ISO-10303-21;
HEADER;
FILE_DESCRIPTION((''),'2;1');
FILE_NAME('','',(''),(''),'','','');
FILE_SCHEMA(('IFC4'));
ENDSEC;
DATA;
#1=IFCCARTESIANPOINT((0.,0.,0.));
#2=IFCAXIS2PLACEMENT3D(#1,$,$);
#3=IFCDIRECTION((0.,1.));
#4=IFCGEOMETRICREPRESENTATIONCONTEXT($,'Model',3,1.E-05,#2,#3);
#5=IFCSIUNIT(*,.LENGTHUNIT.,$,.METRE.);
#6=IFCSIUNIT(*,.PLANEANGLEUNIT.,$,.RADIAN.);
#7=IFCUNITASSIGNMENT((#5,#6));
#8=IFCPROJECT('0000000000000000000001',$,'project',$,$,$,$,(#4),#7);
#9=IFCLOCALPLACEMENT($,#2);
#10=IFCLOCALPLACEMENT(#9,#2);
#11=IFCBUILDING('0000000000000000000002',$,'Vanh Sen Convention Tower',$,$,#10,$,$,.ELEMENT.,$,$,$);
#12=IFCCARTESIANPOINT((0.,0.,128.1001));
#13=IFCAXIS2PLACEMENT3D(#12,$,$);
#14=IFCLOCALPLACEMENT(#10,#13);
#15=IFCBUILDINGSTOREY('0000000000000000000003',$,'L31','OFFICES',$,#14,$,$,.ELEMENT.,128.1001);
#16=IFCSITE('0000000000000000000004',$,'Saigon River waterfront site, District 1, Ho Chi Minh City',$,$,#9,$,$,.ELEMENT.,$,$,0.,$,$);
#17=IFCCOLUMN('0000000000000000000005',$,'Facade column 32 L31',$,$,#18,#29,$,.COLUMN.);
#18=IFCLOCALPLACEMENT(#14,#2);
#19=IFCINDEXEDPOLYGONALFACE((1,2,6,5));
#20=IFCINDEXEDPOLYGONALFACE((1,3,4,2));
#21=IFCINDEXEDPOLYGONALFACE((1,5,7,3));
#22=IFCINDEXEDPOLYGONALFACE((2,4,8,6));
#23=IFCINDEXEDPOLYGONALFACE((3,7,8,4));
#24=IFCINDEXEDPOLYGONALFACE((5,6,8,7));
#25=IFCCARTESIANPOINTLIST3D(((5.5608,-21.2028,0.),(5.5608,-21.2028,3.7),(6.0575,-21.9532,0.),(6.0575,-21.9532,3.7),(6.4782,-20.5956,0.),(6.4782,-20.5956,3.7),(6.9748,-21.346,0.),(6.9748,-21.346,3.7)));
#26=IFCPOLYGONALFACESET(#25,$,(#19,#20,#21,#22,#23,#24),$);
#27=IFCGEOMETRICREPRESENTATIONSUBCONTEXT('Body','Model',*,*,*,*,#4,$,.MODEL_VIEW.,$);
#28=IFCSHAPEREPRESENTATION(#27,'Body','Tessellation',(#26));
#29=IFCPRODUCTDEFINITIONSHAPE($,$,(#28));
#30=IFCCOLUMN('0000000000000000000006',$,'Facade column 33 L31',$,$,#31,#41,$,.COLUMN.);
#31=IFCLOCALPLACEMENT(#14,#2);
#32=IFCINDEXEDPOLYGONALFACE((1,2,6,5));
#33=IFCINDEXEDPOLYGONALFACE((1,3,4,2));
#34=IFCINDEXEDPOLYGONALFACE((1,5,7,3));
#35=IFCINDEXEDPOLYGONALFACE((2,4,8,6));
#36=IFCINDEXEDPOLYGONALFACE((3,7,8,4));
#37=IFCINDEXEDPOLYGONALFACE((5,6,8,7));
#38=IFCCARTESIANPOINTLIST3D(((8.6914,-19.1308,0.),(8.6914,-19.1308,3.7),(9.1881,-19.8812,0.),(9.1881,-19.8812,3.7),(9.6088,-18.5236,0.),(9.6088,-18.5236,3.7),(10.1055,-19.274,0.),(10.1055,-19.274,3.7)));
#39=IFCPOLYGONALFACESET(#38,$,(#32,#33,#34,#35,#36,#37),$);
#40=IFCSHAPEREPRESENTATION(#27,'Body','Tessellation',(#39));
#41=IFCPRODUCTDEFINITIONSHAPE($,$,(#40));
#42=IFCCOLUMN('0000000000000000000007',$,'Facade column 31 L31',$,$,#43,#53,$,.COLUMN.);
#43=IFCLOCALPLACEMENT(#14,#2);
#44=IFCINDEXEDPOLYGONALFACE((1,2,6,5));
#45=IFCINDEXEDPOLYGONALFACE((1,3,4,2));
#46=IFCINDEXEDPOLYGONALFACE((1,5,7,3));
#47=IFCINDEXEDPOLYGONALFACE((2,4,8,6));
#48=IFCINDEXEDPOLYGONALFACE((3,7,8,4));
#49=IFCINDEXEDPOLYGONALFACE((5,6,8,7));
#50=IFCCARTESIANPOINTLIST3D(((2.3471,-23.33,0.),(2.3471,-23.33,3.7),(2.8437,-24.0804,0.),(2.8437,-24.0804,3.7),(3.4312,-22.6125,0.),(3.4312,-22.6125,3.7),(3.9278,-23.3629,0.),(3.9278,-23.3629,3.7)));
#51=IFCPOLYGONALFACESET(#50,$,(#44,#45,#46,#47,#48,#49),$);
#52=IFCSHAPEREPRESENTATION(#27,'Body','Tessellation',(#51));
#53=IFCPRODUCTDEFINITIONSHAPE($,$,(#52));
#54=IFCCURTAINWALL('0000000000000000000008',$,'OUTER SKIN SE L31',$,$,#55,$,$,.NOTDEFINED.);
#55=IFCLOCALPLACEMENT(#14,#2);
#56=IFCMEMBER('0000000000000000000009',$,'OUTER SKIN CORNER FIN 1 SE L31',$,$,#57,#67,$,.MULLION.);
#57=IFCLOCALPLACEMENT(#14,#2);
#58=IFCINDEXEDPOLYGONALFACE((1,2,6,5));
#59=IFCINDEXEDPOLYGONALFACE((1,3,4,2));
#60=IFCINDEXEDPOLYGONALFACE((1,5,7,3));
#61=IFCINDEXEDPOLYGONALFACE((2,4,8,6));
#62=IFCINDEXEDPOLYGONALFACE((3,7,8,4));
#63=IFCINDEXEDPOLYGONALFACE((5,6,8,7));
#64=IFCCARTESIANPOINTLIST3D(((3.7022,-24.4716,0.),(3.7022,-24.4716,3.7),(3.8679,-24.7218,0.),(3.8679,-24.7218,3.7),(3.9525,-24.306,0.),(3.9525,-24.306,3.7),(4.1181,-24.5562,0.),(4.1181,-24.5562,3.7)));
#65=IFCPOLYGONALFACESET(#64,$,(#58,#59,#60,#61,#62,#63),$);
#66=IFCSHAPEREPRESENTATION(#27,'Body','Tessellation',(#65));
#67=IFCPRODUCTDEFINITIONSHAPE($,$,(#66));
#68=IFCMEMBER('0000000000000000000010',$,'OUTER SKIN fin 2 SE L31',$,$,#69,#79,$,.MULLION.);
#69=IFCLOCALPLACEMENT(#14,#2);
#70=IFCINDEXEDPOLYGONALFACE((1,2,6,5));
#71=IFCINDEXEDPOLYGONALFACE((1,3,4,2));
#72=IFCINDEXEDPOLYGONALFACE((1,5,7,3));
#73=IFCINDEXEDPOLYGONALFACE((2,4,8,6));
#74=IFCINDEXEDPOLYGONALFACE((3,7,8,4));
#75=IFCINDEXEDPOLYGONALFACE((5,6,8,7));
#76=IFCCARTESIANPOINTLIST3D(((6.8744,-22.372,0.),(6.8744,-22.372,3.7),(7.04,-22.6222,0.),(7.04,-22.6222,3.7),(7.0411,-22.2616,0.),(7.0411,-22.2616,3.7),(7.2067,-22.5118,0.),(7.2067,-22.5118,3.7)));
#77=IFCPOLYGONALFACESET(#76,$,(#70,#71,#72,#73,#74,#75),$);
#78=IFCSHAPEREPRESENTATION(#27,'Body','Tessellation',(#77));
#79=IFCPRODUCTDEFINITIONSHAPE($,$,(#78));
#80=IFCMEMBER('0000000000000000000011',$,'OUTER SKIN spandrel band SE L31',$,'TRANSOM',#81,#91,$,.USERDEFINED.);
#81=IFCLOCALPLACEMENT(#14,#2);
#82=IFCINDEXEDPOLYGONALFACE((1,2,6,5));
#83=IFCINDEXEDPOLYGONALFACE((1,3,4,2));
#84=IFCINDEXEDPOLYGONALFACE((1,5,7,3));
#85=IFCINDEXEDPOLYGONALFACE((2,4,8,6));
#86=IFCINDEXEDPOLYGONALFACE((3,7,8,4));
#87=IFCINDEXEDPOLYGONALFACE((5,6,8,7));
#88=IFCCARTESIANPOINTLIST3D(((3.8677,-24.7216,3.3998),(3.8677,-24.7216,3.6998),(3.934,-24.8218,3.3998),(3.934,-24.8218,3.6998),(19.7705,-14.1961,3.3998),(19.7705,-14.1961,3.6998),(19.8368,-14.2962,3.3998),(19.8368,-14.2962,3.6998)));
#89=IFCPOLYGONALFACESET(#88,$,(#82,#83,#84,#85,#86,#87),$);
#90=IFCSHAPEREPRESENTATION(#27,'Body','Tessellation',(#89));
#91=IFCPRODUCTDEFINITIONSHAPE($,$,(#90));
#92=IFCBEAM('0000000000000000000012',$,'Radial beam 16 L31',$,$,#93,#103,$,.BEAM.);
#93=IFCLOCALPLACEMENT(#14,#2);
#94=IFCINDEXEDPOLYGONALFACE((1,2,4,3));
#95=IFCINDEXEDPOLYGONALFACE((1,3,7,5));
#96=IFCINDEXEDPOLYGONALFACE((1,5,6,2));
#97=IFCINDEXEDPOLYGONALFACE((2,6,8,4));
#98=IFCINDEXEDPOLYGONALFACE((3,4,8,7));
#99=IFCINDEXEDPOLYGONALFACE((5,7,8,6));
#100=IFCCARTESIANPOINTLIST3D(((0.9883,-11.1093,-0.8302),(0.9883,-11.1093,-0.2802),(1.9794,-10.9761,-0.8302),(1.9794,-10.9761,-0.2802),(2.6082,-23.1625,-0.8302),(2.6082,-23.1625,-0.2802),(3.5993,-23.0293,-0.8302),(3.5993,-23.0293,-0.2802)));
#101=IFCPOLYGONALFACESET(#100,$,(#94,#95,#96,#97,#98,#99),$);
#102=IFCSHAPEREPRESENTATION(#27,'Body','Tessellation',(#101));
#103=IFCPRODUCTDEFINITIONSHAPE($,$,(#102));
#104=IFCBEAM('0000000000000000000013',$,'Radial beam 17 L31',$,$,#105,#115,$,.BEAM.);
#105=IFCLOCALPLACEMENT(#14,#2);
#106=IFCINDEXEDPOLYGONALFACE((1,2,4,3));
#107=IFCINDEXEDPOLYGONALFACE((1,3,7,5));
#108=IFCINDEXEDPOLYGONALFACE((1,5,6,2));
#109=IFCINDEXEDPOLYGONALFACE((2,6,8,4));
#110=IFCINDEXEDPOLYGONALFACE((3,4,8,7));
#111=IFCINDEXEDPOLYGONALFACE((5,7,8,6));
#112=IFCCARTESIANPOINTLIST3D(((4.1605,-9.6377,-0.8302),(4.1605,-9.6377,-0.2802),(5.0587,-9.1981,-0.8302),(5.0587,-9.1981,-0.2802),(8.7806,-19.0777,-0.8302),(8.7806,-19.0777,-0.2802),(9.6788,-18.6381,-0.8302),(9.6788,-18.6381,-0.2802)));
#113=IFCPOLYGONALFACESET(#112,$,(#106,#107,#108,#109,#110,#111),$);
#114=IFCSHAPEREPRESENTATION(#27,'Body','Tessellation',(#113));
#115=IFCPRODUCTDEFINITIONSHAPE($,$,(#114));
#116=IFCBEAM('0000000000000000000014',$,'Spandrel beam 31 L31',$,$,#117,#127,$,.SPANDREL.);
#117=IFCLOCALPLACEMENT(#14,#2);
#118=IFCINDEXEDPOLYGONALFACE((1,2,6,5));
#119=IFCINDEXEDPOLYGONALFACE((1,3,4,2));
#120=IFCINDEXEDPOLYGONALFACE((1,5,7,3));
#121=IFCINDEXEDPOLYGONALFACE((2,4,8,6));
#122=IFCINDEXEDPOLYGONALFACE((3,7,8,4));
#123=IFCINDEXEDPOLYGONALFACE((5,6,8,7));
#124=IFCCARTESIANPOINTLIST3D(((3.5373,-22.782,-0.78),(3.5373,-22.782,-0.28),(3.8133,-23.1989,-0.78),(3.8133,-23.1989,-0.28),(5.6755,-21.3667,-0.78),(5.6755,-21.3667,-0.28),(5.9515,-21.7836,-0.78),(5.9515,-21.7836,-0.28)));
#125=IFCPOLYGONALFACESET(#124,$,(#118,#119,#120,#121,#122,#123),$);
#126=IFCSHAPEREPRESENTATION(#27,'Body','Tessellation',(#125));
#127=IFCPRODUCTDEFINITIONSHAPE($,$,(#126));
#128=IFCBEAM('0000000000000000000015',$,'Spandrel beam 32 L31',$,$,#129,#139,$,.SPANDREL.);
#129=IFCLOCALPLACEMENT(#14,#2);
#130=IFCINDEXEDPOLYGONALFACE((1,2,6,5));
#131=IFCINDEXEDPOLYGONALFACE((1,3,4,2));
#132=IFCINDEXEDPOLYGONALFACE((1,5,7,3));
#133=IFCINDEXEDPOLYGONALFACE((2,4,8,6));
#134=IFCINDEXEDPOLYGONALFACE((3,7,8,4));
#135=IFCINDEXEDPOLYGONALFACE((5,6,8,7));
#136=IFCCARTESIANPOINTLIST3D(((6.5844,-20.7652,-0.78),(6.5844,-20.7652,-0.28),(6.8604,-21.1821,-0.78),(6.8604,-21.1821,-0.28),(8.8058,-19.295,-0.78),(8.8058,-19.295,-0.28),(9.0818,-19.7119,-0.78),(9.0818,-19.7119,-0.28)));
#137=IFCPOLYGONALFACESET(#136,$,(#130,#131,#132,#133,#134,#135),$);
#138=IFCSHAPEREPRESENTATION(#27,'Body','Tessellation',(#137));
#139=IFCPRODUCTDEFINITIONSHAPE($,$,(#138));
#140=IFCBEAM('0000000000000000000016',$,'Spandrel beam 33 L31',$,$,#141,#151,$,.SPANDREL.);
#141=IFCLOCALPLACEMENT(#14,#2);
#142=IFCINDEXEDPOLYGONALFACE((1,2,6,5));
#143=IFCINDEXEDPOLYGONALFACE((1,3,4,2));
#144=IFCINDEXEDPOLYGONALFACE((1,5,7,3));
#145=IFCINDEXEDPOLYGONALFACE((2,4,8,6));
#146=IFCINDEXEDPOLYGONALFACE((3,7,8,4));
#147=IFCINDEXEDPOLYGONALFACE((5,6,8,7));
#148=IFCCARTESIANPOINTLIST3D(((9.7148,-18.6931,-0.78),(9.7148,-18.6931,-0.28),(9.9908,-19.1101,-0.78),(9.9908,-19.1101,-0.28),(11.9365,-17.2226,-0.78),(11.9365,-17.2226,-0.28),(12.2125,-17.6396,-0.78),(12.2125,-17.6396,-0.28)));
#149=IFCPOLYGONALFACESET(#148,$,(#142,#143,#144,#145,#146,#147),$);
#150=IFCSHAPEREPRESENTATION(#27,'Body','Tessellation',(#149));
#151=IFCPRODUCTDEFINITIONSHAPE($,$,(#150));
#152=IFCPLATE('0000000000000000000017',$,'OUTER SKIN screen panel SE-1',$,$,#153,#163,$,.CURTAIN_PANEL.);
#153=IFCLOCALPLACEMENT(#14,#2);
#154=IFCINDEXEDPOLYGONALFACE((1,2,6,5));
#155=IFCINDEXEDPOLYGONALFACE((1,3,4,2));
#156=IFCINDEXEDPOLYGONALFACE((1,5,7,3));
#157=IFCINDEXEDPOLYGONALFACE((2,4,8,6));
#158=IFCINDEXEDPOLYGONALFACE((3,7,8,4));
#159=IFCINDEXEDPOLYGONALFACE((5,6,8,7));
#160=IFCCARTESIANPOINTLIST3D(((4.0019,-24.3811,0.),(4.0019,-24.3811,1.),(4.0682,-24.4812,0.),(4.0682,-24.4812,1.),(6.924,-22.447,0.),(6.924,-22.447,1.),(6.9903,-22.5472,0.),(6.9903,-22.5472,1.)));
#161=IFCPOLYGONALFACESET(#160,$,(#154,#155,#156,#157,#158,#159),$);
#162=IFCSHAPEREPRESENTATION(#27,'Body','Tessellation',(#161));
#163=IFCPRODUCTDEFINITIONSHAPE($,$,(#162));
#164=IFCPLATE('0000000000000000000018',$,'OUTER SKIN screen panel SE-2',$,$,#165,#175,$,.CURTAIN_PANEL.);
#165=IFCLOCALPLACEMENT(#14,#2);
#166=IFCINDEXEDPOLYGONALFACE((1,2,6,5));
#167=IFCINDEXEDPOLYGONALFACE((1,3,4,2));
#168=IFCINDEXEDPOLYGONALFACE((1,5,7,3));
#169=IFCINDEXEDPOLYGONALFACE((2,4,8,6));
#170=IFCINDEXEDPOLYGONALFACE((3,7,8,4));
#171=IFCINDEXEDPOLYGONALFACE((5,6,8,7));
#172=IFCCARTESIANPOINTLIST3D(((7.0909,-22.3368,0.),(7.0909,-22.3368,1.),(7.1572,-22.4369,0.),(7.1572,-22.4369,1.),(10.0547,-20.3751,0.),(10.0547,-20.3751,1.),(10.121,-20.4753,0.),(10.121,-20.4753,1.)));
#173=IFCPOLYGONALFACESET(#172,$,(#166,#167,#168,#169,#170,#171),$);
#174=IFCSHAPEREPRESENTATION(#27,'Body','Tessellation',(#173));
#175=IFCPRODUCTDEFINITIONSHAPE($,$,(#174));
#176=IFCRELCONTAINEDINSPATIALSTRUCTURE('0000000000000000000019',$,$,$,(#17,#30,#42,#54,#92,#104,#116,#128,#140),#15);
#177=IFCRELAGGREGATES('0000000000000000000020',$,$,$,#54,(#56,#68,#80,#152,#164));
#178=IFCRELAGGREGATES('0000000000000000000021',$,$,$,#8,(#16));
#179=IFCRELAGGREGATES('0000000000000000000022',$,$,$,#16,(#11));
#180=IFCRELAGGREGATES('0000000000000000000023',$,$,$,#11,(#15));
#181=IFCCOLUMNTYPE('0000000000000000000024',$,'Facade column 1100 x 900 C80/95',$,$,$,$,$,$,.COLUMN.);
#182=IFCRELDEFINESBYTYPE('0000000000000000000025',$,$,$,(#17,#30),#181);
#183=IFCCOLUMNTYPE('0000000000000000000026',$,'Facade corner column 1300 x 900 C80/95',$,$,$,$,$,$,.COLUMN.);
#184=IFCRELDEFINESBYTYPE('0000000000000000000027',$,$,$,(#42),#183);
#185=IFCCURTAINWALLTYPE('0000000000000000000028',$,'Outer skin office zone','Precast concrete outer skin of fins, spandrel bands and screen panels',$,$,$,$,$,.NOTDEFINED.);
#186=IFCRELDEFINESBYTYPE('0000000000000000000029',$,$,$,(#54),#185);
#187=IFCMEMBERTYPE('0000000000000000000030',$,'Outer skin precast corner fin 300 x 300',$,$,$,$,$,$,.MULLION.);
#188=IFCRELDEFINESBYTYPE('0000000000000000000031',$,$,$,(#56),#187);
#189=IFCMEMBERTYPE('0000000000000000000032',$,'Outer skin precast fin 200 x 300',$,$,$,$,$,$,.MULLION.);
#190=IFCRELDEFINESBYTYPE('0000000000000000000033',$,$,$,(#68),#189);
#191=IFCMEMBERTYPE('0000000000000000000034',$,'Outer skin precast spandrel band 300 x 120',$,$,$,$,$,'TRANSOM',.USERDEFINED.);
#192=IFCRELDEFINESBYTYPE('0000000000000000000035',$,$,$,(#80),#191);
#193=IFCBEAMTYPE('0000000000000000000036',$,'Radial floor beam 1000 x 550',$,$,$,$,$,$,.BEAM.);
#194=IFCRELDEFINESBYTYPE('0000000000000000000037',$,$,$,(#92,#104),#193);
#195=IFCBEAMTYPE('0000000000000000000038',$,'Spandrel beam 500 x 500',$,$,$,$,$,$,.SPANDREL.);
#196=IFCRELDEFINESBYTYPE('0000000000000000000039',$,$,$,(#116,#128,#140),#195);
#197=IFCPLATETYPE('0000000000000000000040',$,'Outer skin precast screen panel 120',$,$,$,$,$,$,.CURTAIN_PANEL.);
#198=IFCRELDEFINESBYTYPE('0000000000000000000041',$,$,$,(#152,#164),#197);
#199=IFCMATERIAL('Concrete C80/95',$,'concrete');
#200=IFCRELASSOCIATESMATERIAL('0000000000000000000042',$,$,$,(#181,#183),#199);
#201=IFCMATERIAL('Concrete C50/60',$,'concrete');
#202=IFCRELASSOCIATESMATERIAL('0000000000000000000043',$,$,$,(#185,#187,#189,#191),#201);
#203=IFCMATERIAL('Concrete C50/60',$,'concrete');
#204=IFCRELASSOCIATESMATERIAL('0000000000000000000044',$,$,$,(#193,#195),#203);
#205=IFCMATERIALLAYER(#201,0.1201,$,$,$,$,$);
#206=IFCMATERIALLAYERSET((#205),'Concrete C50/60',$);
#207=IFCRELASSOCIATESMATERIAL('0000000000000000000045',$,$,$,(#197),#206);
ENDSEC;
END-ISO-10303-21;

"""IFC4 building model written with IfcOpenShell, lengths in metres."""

from ifc_helpers import new_model, si_unit, direction, frame, origin, origin_2d, place, context, subcontext, project, spatial, rectangle, extrude, material, layer, layer_set, material_profile, profile_set, type_object, element, aggregate, save


model = new_model("IFC4")

# Units and contexts
model_context = context("Model", 3, precision=1e-05, world=origin(), true_north=direction((0.0, 1.0)))
body_context = subcontext(model_context, "Body", "Model", "MODEL_VIEW")
ifc_project = project(units=[si_unit("LENGTHUNIT", "METRE"), si_unit("PLANEANGLEUNIT", "RADIAN")], contexts=[model_context])

# Site, building, storey
site_placement = place(None, origin())
site = spatial("IfcSite", under=ifc_project, at=site_placement, Name="Saigon River waterfront site, District 1, Ho Chi Minh City", CompositionType="ELEMENT", RefElevation=0.0)
building_placement = place(site_placement, origin())
building = spatial("IfcBuilding", under=site, at=building_placement, Name="Vanh Sen Convention Tower", CompositionType="ELEMENT")
storey_placement = place(building_placement, frame((0.0, 0.0, 128.1001)))
storey = spatial("IfcBuildingStorey", under=building, at=storey_placement, Name="L31", Description="OFFICES", CompositionType="ELEMENT", Elevation=128.1001)

# Columns
ifc_material_1 = material(Name="Concrete C80/95", Category="concrete")
ifc_material_profile_1 = material_profile(ifc_material_1, rectangle(XDim=1.1001, YDim=0.8999, at=origin_2d()), Name="RC 1100X900")
ifc_profile_set_1 = profile_set([ifc_material_profile_1], Name="Concrete C80/95")
column_type_1 = type_object("IfcColumnType", Name="Facade column 1100 x 900 C80/95", PredefinedType="COLUMN", material=ifc_profile_set_1)
for number, where, z_axis, x_axis, name in (
    (1, (6.2678, -21.2744, 0.0), (0.0, 0.0, 1.0), (0.833886, 0.551937, 0.0), "Facade column 32 L31"),
    (2, (9.3984, -19.2024, 0.0), (0.0, 0.0, 1.0), (0.833886, 0.551937, 0.0), "Facade column 33 L31"),
):
    element("IfcColumn", number, at=place(storey_placement, frame(where, z_axis=z_axis, x_axis=x_axis)), inside=storey, type_object=column_type_1, Name=name, PredefinedType="COLUMN", context=body_context, shape_type="SweptSolid", body=[
        extrude(rectangle(XDim=1.1001, YDim=0.8999, at=origin_2d()), origin(), (0.0, 0.0, 1.0), 3.7),
    ])
ifc_material_profile_2 = material_profile(ifc_material_1, rectangle(XDim=1.3, YDim=0.8999, at=origin_2d()), Name="RC 1300X900")
ifc_profile_set_2 = profile_set([ifc_material_profile_2], Name="Concrete C80/95")
column_type_2 = type_object("IfcColumnType", Name="Facade corner column 1300 x 900 C80/95", PredefinedType="COLUMN", material=ifc_profile_set_2)
column_placement = place(storey_placement, frame((3.1375, -23.3464, 0.0), z_axis=(0.0, 0.0, 1.0), x_axis=(0.833886, 0.551937, 0.0)))
element("IfcColumn", 3, at=column_placement, inside=storey, type_object=column_type_2, Name="Facade column 31 L31", PredefinedType="COLUMN", context=body_context, shape_type="SweptSolid", body=[
    extrude(rectangle(XDim=1.3, YDim=0.8999, at=origin_2d()), origin(), (0.0, 0.0, 1.0), 3.7),
])

# Curtain wall, members
ifc_material_2 = material(Name="Concrete C50/60", Category="concrete")
curtain_wall_type = type_object("IfcCurtainWallType", Name="Outer skin office zone", Description="Precast concrete outer skin of fins, spandrel bands and screen panels", PredefinedType="NOTDEFINED", material=ifc_material_2)
curtain_wall_placement = place(storey_placement, origin())
curtain_wall = element("IfcCurtainWall", 4, at=curtain_wall_placement, inside=storey, type_object=curtain_wall_type, Name="OUTER SKIN SE L31", PredefinedType="NOTDEFINED")
ifc_material_profile_3 = material_profile(ifc_material_2, rectangle(XDim=0.3, YDim=0.3, at=origin_2d()), Name="Outer skin precast corner fin 300 x 300")
ifc_profile_set_3 = profile_set([ifc_material_profile_3], Name="Concrete C50/60")
member_type_1 = type_object("IfcMemberType", Name="Outer skin precast corner fin 300 x 300", PredefinedType="MULLION", material=ifc_profile_set_3)
member_1_placement = place(storey_placement, frame((3.9102, -24.5139, 0.0), z_axis=(0.0, 0.0, 1.0), x_axis=(0.833886, 0.551937, 0.0)))
member_1 = element("IfcMember", 5, at=member_1_placement, type_object=member_type_1, Name="OUTER SKIN CORNER FIN 1 SE L31", PredefinedType="MULLION", context=body_context, shape_type="SweptSolid", body=[
    extrude(rectangle(XDim=0.3, YDim=0.3, at=origin_2d()), origin(), (0.0, 0.0, 1.0), 3.7),
])
ifc_material_profile_4 = material_profile(ifc_material_2, rectangle(XDim=0.2, YDim=0.3, at=origin_2d()), Name="Outer skin precast fin 200 x 300")
ifc_profile_set_4 = profile_set([ifc_material_profile_4], Name="Concrete C50/60")
member_type_2 = type_object("IfcMemberType", Name="Outer skin precast fin 200 x 300", PredefinedType="MULLION", material=ifc_profile_set_4)
member_2_placement = place(storey_placement, frame((7.0405, -22.4419, 0.0), z_axis=(0.0, 0.0, 1.0), x_axis=(0.833886, 0.551937, 0.0)))
member_2 = element("IfcMember", 6, at=member_2_placement, type_object=member_type_2, Name="OUTER SKIN fin 2 SE L31", PredefinedType="MULLION", context=body_context, shape_type="SweptSolid", body=[
    extrude(rectangle(XDim=0.2, YDim=0.3, at=origin_2d()), origin(), (0.0, 0.0, 1.0), 3.7),
])
ifc_material_profile_5 = material_profile(ifc_material_2, rectangle(XDim=0.1201, YDim=0.3, at=origin_2d()), Name="Outer skin precast spandrel band 300 x 120")
ifc_profile_set_5 = profile_set([ifc_material_profile_5], Name="Concrete C50/60")
member_type_3 = type_object("IfcMemberType", Name="Outer skin precast spandrel band 300 x 120", ElementType="TRANSOM", PredefinedType="USERDEFINED", material=ifc_profile_set_5)
member_3_placement = place(storey_placement, frame((3.9009, -24.7717, 3.5498), z_axis=(0.833891, 0.551929, 0.0), x_axis=(-0.551929, 0.833891, 0.0)))
member_3 = element("IfcMember", 7, at=member_3_placement, type_object=member_type_3, Name="OUTER SKIN spandrel band SE L31", ObjectType="TRANSOM", PredefinedType="USERDEFINED", context=body_context, shape_type="SweptSolid", body=[
    extrude(rectangle(XDim=0.1201, YDim=0.3, at=origin_2d()), origin(), (0.0, 0.0, 1.0), 19.0706),
])

# Beams
ifc_material_3 = material(Name="Concrete C50/60", Category="concrete")
ifc_material_profile_6 = material_profile(ifc_material_3, rectangle(XDim=1.0, YDim=0.55, at=origin_2d()), Name="RC 1000X550")
ifc_profile_set_6 = profile_set([ifc_material_profile_6], Name="Concrete C50/60")
beam_type_1 = type_object("IfcBeamType", Name="Radial floor beam 1000 x 550", PredefinedType="BEAM", material=ifc_profile_set_6)
beam_1_placement = place(storey_placement, frame((3.1038, -23.0959, -0.5552), z_axis=(-0.133196, 0.99109, 0.0), x_axis=(-0.99109, -0.133196, 0.0)))
element("IfcBeam", 8, at=beam_1_placement, inside=storey, type_object=beam_type_1, Name="Radial beam 16 L31", PredefinedType="BEAM", context=body_context, shape_type="SweptSolid", body=[
    extrude(rectangle(XDim=1.0, YDim=0.55, at=origin_2d()), origin(), (0.0, 0.0, 1.0), 12.1616),
])
beam_2_placement = place(storey_placement, frame((9.2297, -18.8579, -0.5552), z_axis=(-0.439597, 0.898195, 0.0), x_axis=(-0.898195, -0.439597, 0.0)))
element("IfcBeam", 9, at=beam_2_placement, inside=storey, type_object=beam_type_1, Name="Radial beam 17 L31", PredefinedType="BEAM", context=body_context, shape_type="SweptSolid", body=[
    extrude(rectangle(XDim=1.0, YDim=0.55, at=origin_2d()), origin(), (0.0, 0.0, 1.0), 10.51),
])
ifc_material_profile_7 = material_profile(ifc_material_3, rectangle(XDim=0.5, YDim=0.5, at=origin_2d()), Name="RC 500X500")
ifc_profile_set_7 = profile_set([ifc_material_profile_7], Name="Concrete C50/60")
beam_type_2 = type_object("IfcBeamType", Name="Spandrel beam 500 x 500", PredefinedType="SPANDREL", material=ifc_profile_set_7)
beam_3_placement = place(storey_placement, frame((3.6753, -22.9905, -0.53), z_axis=(0.833877, 0.551951, 0.0), x_axis=(-0.551951, 0.833877, 0.0)))
element("IfcBeam", 10, at=beam_3_placement, inside=storey, type_object=beam_type_2, Name="Spandrel beam 31 L31", PredefinedType="SPANDREL", context=body_context, shape_type="SweptSolid", body=[
    extrude(rectangle(XDim=0.5, YDim=0.5, at=origin_2d()), origin(), (0.0, 0.0, 1.0), 2.5642),
])
beam_4_placement = place(storey_placement, frame((6.7224, -20.9736, -0.53), z_axis=(0.833907, 0.551905, 0.0), x_axis=(-0.551905, 0.833907, 0.0)))
element("IfcBeam", 11, at=beam_4_placement, inside=storey, type_object=beam_type_2, Name="Spandrel beam 32 L31", PredefinedType="SPANDREL", context=body_context, shape_type="SweptSolid", body=[
    extrude(rectangle(XDim=0.5, YDim=0.5, at=origin_2d()), origin(), (0.0, 0.0, 1.0), 2.6638),
])
beam_5_placement = place(storey_placement, frame((9.8528, -18.9016, -0.53), z_axis=(0.833893, 0.551927, 0.0), x_axis=(-0.551927, 0.833893, 0.0)))
element("IfcBeam", 12, at=beam_5_placement, inside=storey, type_object=beam_type_2, Name="Spandrel beam 33 L31", PredefinedType="SPANDREL", context=body_context, shape_type="SweptSolid", body=[
    extrude(rectangle(XDim=0.5, YDim=0.5, at=origin_2d()), origin(), (0.0, 0.0, 1.0), 2.6643),
])

# Plates
ifc_layer_1 = layer(ifc_material_2, 0.1201)
ifc_layer_set_1 = layer_set([ifc_layer_1], Name="Concrete C50/60")
plate_type = type_object("IfcPlateType", Name="Outer skin precast screen panel 120", PredefinedType="CURTAIN_PANEL", material=ifc_layer_set_1)
plate_1_placement = place(storey_placement, frame((5.4961, -23.4641, 0.0), z_axis=(0.0, 0.0, 1.0), x_axis=(0.83389, 0.551931, 0.0)))
plate_1 = element("IfcPlate", 13, at=plate_1_placement, type_object=plate_type, Name="OUTER SKIN screen panel SE-1", PredefinedType="CURTAIN_PANEL", context=body_context, shape_type="SweptSolid", body=[
    extrude(rectangle(XDim=3.5042, YDim=0.1201, at=origin_2d()), origin(), (0.0, 0.0, 1.0), 1.0),
])
plate_2_placement = place(storey_placement, frame((8.606, -21.406, 0.0), z_axis=(0.0, 0.0, 1.0), x_axis=(0.83389, 0.551931, 0.0)))
plate_2 = element("IfcPlate", 14, at=plate_2_placement, type_object=plate_type, Name="OUTER SKIN screen panel SE-2", PredefinedType="CURTAIN_PANEL", context=body_context, shape_type="SweptSolid", body=[
    extrude(rectangle(XDim=3.5542, YDim=0.1201, at=origin_2d()), origin(), (0.0, 0.0, 1.0), 1.0),
])
aggregate(curtain_wall, [member_1, member_2, member_3, plate_1, plate_2])

save(model, "model.ifc")
